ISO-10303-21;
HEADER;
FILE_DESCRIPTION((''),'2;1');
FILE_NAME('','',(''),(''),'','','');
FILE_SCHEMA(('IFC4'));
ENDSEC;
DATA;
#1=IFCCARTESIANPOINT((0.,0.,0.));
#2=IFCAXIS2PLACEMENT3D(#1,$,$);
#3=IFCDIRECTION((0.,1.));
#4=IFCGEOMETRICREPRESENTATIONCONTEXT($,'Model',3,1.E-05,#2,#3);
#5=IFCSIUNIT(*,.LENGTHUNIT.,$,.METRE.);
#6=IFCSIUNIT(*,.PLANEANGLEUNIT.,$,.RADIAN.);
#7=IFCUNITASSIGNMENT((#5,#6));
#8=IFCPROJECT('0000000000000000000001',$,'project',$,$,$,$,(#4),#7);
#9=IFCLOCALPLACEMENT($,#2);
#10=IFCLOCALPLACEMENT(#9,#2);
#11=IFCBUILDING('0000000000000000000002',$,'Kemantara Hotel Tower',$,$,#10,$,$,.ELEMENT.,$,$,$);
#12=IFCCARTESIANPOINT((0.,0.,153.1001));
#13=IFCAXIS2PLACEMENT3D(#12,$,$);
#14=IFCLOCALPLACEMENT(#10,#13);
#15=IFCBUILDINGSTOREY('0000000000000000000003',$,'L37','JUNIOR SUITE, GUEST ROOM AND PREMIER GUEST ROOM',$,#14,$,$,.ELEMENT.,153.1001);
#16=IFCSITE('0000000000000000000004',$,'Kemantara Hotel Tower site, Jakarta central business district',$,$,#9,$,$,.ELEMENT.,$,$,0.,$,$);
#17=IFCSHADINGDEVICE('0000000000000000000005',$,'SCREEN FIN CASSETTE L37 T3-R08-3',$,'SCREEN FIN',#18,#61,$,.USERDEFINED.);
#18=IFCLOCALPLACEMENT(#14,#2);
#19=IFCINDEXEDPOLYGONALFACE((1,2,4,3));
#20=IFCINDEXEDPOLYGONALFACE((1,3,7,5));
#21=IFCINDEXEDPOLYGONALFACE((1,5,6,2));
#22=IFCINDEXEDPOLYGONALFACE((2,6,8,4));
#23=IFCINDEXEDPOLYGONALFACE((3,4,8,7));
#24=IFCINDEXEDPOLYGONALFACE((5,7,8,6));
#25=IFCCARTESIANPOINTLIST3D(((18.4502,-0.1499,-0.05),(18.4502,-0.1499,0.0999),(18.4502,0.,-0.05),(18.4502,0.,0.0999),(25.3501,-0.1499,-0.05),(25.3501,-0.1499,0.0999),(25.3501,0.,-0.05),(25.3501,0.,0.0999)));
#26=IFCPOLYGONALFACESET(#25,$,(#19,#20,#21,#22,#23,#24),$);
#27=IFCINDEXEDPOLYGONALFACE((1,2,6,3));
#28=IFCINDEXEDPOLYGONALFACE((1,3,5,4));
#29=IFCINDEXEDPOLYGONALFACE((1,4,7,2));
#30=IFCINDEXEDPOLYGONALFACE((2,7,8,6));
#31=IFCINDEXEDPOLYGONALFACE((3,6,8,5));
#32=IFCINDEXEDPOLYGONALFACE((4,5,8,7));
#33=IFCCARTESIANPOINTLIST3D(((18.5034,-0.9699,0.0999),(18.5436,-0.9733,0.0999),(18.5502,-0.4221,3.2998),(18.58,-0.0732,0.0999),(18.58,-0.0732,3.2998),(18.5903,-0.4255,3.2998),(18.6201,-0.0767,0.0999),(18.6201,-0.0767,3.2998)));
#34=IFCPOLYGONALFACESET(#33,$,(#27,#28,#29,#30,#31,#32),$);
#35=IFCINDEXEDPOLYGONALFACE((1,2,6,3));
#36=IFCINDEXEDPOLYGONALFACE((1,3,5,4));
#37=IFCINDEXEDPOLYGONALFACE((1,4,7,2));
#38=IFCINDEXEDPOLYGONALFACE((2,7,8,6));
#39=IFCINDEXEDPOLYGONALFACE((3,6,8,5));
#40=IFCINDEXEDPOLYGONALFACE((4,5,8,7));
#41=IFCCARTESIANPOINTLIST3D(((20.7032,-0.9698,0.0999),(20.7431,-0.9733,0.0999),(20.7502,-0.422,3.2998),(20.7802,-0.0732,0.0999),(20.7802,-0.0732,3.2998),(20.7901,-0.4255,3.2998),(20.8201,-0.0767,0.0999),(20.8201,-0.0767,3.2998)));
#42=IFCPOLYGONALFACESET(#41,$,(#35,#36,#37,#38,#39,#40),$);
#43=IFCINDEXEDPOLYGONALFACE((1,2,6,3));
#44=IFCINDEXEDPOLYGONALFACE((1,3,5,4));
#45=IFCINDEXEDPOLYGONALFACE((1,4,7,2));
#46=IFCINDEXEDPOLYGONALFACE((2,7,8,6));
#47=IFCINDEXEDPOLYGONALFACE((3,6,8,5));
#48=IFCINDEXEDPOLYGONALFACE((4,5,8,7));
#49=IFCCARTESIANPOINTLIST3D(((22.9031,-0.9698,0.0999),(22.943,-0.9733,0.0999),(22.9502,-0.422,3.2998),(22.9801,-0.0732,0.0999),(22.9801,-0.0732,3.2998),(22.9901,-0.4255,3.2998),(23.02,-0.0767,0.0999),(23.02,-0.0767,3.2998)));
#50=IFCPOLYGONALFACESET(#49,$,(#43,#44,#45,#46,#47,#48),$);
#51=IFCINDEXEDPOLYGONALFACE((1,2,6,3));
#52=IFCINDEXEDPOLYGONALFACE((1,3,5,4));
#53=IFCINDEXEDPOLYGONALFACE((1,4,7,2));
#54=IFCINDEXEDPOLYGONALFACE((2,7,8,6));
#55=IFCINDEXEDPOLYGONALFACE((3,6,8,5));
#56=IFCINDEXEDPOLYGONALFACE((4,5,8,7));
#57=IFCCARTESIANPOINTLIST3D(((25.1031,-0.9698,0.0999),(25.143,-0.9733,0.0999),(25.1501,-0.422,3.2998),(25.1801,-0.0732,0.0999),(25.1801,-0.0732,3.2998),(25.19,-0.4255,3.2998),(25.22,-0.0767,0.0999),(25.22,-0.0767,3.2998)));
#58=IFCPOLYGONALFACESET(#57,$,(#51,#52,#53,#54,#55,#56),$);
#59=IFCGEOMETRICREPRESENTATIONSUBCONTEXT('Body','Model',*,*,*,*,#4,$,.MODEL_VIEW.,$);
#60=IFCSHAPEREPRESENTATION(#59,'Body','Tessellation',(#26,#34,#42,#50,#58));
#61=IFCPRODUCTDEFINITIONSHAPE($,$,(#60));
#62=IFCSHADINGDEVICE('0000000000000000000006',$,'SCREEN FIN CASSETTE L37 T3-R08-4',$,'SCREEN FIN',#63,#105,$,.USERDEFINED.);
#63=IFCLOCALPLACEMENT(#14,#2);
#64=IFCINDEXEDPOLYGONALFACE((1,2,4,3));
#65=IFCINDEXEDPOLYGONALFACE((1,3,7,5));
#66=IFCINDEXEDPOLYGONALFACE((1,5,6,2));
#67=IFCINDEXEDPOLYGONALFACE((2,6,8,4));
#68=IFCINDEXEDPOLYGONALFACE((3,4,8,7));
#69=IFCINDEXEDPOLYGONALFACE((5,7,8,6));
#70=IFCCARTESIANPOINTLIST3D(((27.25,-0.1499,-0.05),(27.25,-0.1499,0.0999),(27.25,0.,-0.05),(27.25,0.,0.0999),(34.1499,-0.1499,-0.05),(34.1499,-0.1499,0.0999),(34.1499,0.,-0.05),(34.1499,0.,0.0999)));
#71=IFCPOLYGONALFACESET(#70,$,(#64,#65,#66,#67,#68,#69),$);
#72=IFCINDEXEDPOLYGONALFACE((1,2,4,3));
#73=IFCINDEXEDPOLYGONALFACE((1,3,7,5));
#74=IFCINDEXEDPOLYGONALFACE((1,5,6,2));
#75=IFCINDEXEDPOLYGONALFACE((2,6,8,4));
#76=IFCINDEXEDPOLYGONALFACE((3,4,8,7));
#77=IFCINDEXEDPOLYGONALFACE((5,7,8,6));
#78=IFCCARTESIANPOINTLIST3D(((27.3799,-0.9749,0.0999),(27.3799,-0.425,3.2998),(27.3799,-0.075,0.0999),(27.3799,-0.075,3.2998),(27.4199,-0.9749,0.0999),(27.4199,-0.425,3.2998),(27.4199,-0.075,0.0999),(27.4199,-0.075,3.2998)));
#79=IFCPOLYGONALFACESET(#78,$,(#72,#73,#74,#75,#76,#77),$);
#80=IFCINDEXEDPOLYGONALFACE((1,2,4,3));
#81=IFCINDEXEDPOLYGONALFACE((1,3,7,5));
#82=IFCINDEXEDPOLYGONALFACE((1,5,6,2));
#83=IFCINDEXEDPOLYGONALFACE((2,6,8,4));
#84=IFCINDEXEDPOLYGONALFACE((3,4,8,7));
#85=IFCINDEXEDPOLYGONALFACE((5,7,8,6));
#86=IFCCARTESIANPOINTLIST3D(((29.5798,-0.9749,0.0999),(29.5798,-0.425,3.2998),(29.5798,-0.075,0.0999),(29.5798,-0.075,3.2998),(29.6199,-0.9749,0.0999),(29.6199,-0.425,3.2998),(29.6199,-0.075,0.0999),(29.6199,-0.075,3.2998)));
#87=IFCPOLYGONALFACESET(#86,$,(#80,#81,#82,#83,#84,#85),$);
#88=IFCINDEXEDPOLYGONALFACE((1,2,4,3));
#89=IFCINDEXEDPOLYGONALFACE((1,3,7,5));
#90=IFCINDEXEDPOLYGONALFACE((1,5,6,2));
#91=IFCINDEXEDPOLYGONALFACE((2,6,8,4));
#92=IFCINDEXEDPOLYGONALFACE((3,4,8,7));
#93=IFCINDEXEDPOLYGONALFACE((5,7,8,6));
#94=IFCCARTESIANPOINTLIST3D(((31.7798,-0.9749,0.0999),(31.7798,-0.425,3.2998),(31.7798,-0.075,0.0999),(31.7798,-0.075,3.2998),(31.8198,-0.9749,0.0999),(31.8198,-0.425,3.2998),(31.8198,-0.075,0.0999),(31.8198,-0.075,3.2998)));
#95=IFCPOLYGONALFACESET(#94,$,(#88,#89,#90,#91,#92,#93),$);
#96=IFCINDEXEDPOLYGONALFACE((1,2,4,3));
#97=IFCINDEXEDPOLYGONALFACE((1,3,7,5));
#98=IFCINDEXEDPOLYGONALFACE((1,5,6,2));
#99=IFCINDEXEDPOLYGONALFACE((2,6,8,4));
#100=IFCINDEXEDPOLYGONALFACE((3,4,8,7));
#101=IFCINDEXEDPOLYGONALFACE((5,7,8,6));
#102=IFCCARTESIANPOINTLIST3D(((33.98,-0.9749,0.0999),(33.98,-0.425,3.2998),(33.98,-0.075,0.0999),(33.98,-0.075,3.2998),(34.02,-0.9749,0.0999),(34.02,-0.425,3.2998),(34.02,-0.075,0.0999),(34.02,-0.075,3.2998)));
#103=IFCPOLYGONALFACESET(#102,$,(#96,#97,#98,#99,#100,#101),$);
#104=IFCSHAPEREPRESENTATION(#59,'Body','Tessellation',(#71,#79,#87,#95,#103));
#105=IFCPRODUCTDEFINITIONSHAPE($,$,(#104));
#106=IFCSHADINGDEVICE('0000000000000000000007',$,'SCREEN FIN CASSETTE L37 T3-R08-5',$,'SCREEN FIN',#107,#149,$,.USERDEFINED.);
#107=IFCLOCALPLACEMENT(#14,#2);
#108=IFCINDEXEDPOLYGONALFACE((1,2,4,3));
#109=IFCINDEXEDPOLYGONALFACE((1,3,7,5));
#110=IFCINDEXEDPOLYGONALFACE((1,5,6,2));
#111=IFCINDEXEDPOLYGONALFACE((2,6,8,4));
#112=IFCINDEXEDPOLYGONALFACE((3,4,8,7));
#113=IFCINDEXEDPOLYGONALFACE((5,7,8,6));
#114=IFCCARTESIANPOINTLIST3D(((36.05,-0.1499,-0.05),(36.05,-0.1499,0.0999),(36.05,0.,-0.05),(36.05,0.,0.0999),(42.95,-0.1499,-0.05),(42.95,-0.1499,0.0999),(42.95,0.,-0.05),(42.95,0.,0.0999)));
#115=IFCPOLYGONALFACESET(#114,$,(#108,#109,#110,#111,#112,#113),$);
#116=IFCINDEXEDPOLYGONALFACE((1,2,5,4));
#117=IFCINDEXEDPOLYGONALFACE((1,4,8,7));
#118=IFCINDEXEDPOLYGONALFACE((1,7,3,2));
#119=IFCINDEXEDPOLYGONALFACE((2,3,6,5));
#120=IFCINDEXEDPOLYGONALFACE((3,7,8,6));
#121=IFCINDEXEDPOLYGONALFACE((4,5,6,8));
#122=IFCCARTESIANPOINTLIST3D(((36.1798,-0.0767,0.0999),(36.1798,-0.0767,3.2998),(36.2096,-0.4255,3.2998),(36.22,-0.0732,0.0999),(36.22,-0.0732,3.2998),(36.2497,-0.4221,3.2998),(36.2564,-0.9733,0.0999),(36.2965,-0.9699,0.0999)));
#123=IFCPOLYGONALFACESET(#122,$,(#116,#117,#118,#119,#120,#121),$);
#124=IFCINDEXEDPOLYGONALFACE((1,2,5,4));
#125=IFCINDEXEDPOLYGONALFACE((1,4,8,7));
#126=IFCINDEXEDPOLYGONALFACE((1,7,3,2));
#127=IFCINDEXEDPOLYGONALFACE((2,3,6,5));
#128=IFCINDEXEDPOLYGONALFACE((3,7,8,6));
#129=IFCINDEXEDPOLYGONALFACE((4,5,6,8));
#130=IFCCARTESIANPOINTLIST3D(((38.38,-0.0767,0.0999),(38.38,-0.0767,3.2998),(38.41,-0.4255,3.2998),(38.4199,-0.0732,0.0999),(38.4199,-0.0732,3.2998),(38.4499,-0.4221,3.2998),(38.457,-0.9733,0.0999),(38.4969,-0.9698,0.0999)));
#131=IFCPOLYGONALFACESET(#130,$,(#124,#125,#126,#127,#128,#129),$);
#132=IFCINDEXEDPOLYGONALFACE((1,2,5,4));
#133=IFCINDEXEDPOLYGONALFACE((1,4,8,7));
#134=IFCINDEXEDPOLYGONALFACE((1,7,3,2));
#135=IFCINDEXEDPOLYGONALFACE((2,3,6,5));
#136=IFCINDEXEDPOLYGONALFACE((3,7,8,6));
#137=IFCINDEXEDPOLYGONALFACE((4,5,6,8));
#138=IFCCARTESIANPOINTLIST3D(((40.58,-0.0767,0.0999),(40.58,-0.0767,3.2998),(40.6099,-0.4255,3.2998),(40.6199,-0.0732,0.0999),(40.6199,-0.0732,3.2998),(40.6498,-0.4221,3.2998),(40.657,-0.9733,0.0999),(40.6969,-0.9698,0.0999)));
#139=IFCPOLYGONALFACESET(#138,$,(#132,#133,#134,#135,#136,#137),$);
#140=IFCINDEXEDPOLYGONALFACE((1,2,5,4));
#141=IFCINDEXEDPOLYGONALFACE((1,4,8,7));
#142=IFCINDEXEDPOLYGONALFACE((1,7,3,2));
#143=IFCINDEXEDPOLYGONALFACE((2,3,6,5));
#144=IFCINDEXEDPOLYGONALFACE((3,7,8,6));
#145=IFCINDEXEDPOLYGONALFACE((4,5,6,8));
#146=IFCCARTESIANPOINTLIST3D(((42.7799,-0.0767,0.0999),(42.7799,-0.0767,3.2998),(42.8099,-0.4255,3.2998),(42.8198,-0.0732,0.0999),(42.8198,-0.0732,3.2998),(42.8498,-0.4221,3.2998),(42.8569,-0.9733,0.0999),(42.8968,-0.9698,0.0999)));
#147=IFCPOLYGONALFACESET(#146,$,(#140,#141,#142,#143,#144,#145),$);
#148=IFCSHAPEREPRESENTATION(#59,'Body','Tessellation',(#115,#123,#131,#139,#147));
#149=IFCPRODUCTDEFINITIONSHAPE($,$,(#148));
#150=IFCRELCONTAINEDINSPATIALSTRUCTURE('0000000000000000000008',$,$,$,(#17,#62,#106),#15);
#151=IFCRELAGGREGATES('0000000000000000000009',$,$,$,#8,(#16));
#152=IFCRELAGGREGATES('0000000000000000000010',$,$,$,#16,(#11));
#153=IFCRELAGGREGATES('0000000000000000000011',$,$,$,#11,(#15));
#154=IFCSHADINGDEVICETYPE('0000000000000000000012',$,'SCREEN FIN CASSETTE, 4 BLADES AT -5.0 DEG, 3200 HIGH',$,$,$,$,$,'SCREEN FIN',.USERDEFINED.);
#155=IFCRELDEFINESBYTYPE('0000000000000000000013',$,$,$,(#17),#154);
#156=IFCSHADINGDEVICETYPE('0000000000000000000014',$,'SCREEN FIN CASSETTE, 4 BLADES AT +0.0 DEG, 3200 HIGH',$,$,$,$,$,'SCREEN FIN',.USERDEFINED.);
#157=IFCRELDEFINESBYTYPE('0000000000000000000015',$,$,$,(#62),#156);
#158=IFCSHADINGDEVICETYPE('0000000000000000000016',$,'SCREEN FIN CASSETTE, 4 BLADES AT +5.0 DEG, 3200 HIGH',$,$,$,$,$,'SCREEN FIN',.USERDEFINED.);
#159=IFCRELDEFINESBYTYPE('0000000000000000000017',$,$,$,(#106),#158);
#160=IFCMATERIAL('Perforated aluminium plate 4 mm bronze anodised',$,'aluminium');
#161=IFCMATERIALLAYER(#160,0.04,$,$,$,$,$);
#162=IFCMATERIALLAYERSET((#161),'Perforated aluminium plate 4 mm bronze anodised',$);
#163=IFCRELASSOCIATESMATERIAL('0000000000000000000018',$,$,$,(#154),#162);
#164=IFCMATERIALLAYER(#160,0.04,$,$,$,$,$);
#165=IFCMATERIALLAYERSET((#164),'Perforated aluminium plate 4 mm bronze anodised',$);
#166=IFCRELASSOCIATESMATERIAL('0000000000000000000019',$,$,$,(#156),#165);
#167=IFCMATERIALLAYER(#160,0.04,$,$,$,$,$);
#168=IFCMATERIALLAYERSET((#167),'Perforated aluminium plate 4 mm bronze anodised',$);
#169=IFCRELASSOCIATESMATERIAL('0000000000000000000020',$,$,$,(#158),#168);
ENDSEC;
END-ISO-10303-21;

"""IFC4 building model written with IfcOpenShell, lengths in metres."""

from ifc_helpers import new_model, si_unit, direction, frame, origin, origin_2d, place, context, subcontext, project, spatial, polyline, rectangle, outline, extrude, source, transform, mapped, material, layer, layer_set, type_object, element, save


model = new_model("IFC4")

# Units and contexts
model_context = context("Model", 3, precision=1e-05, world=origin(), true_north=direction((0.0, 1.0)))
body_context = subcontext(model_context, "Body", "Model", "MODEL_VIEW")
ifc_project = project(units=[si_unit("LENGTHUNIT", "METRE"), si_unit("PLANEANGLEUNIT", "RADIAN")], contexts=[model_context])

# Site, building, storey
site_placement = place(None, origin())
site = spatial("IfcSite", under=ifc_project, at=site_placement, Name="Kemantara Hotel Tower site, Jakarta central business district", CompositionType="ELEMENT", RefElevation=0.0)
building_placement = place(site_placement, origin())
building = spatial("IfcBuilding", under=site, at=building_placement, Name="Kemantara Hotel Tower", CompositionType="ELEMENT")
storey_placement = place(building_placement, frame((0.0, 0.0, 153.1001)))
storey = spatial("IfcBuildingStorey", under=building, at=storey_placement, Name="L37", Description="JUNIOR SUITE, GUEST ROOM AND PREMIER GUEST ROOM", CompositionType="ELEMENT", Elevation=153.1001)

# Shading devices
ifc_material_1 = material(Name="Perforated aluminium plate 4 mm bronze anodised", Category="aluminium")
ifc_layer_1 = layer(ifc_material_1, 0.04)
ifc_layer_set_1 = layer_set([ifc_layer_1], Name="Perforated aluminium plate 4 mm bronze anodised")
shading_device_type_1 = type_object("IfcShadingDeviceType", Name="SCREEN FIN CASSETTE, 4 BLADES AT -5.0 DEG, 3200 HIGH", ElementType="SCREEN FIN", PredefinedType="USERDEFINED", material=ifc_layer_set_1)
shared_shape_1 = source(origin(), body_context, "Body", "SweptSolid", [
    extrude(rectangle(XDim=6.8999, YDim=0.1499, at=origin_2d()), frame((3.3, -0.075, -0.1499), z_axis=(0.0, 0.0, 1.0), x_axis=(1.0, 0.0, 0.0)), (0.0, 0.0, 1.0), 0.1499),
    extrude(outline(polyline([(0.0, 0.0), (0.8999, 0.0), (0.3501, 3.2), (0.0, 3.2), (0.0, 0.0)])), frame((0.02, -0.0767, 0.0), z_axis=(-0.996376, 0.085056, 0.0), x_axis=(-0.085056, -0.996376, 0.0)), (0.0, 0.0, 1.0), 0.0403),
    extrude(outline(polyline([(0.0, 0.0), (0.8999, 0.0), (0.3501, 3.2), (0.0, 3.2), (0.0, 0.0)])), frame((2.22, -0.0767, 0.0), z_axis=(-0.996332, 0.085575, 0.0), x_axis=(-0.085575, -0.996332, 0.0)), (0.0, 0.0, 1.0), 0.04),
    extrude(outline(polyline([(0.0, 0.0), (0.8999, 0.0), (0.3501, 3.2), (0.0, 3.2), (0.0, 0.0)])), frame((4.4199, -0.0767, 0.0), z_axis=(-0.996332, 0.085575, 0.0), x_axis=(-0.085575, -0.996332, 0.0)), (0.0, 0.0, 1.0), 0.04),
    extrude(outline(polyline([(0.0, 0.0), (0.8999, 0.0), (0.3501, 3.2), (0.0, 3.2), (0.0, 0.0)])), frame((6.6199, -0.0767, 0.0), z_axis=(-0.996332, 0.085575, 0.0), x_axis=(-0.085575, -0.996332, 0.0)), (0.0, 0.0, 1.0), 0.04),
])
shading_device_1_placement = place(storey_placement, frame((18.6001, 0.0, 0.0999), z_axis=(0.0, 0.0, 1.0), x_axis=(1.0, 0.0, 0.0)))
element("IfcShadingDevice", 1, at=shading_device_1_placement, inside=storey, type_object=shading_device_type_1, Name="SCREEN FIN CASSETTE L37 T3-R08-3", ObjectType="SCREEN FIN", PredefinedType="USERDEFINED", context=body_context, shape_type="MappedRepresentation", body=[
    mapped(shared_shape_1, transform((0.0, 0.0, 0.0))),
])
ifc_layer_2 = layer(ifc_material_1, 0.04)
ifc_layer_set_2 = layer_set([ifc_layer_2], Name="Perforated aluminium plate 4 mm bronze anodised")
shading_device_type_2 = type_object("IfcShadingDeviceType", Name="SCREEN FIN CASSETTE, 4 BLADES AT +0.0 DEG, 3200 HIGH", ElementType="SCREEN FIN", PredefinedType="USERDEFINED", material=ifc_layer_set_2)
shared_shape_2 = source(origin(), body_context, "Body", "SweptSolid", [
    extrude(rectangle(XDim=6.8999, YDim=0.1499, at=origin_2d()), frame((3.3, -0.075, -0.1499), z_axis=(0.0, 0.0, 1.0), x_axis=(1.0, 0.0, 0.0)), (0.0, 0.0, 1.0), 0.1499),
    extrude(outline(polyline([(0.0, 0.0), (0.8999, 0.0), (0.3501, 3.2), (0.0, 3.2), (0.0, 0.0)])), frame((0.02, -0.075, 0.0), z_axis=(-1.0, 0.0, 0.0), x_axis=(0.0, -1.0, 0.0)), (0.0, 0.0, 1.0), 0.04),
    extrude(outline(polyline([(0.0, 0.0), (0.8999, 0.0), (0.3501, 3.2), (0.0, 3.2), (0.0, 0.0)])), frame((2.22, -0.075, 0.0), z_axis=(-1.0, 0.0, 0.0), x_axis=(0.0, -1.0, 0.0)), (0.0, 0.0, 1.0), 0.04),
    extrude(outline(polyline([(0.0, 0.0), (0.8999, 0.0), (0.3501, 3.2), (0.0, 3.2), (0.0, 0.0)])), frame((4.4199, -0.075, 0.0), z_axis=(-1.0, 0.0, 0.0), x_axis=(0.0, -1.0, 0.0)), (0.0, 0.0, 1.0), 0.04),
    extrude(outline(polyline([(0.0, 0.0), (0.8999, 0.0), (0.3501, 3.2), (0.0, 3.2), (0.0, 0.0)])), frame((6.6201, -0.075, 0.0), z_axis=(-1.0, 0.0, 0.0), x_axis=(0.0, -1.0, 0.0)), (0.0, 0.0, 1.0), 0.04),
])
shading_device_2_placement = place(storey_placement, frame((27.3999, 0.0, 0.0999), z_axis=(0.0, 0.0, 1.0), x_axis=(1.0, 0.0, 0.0)))
element("IfcShadingDevice", 2, at=shading_device_2_placement, inside=storey, type_object=shading_device_type_2, Name="SCREEN FIN CASSETTE L37 T3-R08-4", ObjectType="SCREEN FIN", PredefinedType="USERDEFINED", context=body_context, shape_type="MappedRepresentation", body=[
    mapped(shared_shape_2, transform((0.0, 0.0, 0.0))),
])
ifc_layer_3 = layer(ifc_material_1, 0.04)
ifc_layer_set_3 = layer_set([ifc_layer_3], Name="Perforated aluminium plate 4 mm bronze anodised")
shading_device_type_3 = type_object("IfcShadingDeviceType", Name="SCREEN FIN CASSETTE, 4 BLADES AT +5.0 DEG, 3200 HIGH", ElementType="SCREEN FIN", PredefinedType="USERDEFINED", material=ifc_layer_set_3)
shared_shape_3 = source(origin(), body_context, "Body", "SweptSolid", [
    extrude(rectangle(XDim=6.8999, YDim=0.1499, at=origin_2d()), frame((3.3, -0.075, -0.1499), z_axis=(0.0, 0.0, 1.0), x_axis=(1.0, 0.0, 0.0)), (0.0, 0.0, 1.0), 0.1499),
    extrude(outline(polyline([(0.0, 0.0), (0.8999, 0.0), (0.3501, 3.2), (0.0, 3.2), (0.0, 0.0)])), frame((0.02, -0.0732, 0.0), z_axis=(-0.996376, -0.085056, 0.0), x_axis=(0.085056, -0.996376, 0.0)), (0.0, 0.0, 1.0), 0.0403),
    extrude(outline(polyline([(0.0, 0.0), (0.8999, 0.0), (0.3501, 3.2), (0.0, 3.2), (0.0, 0.0)])), frame((2.22, -0.0732, 0.0), z_axis=(-0.996332, -0.085575, 0.0), x_axis=(0.085575, -0.996332, 0.0)), (0.0, 0.0, 1.0), 0.04),
    extrude(outline(polyline([(0.0, 0.0), (0.8999, 0.0), (0.3501, 3.2), (0.0, 3.2), (0.0, 0.0)])), frame((4.4199, -0.0732, 0.0), z_axis=(-0.996332, -0.085575, 0.0), x_axis=(0.085575, -0.996332, 0.0)), (0.0, 0.0, 1.0), 0.04),
    extrude(outline(polyline([(0.0, 0.0), (0.8999, 0.0), (0.3501, 3.2), (0.0, 3.2), (0.0, 0.0)])), frame((6.6199, -0.0732, 0.0), z_axis=(-0.996332, -0.085575, 0.0), x_axis=(0.085575, -0.996332, 0.0)), (0.0, 0.0, 1.0), 0.04),
])
shading_device_3_placement = place(storey_placement, frame((36.2, 0.0, 0.0999), z_axis=(0.0, 0.0, 1.0), x_axis=(1.0, 0.0, 0.0)))
element("IfcShadingDevice", 3, at=shading_device_3_placement, inside=storey, type_object=shading_device_type_3, Name="SCREEN FIN CASSETTE L37 T3-R08-5", ObjectType="SCREEN FIN", PredefinedType="USERDEFINED", context=body_context, shape_type="MappedRepresentation", body=[
    mapped(shared_shape_3, transform((0.0, 0.0, 0.0))),
])

save(model, "model.ifc")
